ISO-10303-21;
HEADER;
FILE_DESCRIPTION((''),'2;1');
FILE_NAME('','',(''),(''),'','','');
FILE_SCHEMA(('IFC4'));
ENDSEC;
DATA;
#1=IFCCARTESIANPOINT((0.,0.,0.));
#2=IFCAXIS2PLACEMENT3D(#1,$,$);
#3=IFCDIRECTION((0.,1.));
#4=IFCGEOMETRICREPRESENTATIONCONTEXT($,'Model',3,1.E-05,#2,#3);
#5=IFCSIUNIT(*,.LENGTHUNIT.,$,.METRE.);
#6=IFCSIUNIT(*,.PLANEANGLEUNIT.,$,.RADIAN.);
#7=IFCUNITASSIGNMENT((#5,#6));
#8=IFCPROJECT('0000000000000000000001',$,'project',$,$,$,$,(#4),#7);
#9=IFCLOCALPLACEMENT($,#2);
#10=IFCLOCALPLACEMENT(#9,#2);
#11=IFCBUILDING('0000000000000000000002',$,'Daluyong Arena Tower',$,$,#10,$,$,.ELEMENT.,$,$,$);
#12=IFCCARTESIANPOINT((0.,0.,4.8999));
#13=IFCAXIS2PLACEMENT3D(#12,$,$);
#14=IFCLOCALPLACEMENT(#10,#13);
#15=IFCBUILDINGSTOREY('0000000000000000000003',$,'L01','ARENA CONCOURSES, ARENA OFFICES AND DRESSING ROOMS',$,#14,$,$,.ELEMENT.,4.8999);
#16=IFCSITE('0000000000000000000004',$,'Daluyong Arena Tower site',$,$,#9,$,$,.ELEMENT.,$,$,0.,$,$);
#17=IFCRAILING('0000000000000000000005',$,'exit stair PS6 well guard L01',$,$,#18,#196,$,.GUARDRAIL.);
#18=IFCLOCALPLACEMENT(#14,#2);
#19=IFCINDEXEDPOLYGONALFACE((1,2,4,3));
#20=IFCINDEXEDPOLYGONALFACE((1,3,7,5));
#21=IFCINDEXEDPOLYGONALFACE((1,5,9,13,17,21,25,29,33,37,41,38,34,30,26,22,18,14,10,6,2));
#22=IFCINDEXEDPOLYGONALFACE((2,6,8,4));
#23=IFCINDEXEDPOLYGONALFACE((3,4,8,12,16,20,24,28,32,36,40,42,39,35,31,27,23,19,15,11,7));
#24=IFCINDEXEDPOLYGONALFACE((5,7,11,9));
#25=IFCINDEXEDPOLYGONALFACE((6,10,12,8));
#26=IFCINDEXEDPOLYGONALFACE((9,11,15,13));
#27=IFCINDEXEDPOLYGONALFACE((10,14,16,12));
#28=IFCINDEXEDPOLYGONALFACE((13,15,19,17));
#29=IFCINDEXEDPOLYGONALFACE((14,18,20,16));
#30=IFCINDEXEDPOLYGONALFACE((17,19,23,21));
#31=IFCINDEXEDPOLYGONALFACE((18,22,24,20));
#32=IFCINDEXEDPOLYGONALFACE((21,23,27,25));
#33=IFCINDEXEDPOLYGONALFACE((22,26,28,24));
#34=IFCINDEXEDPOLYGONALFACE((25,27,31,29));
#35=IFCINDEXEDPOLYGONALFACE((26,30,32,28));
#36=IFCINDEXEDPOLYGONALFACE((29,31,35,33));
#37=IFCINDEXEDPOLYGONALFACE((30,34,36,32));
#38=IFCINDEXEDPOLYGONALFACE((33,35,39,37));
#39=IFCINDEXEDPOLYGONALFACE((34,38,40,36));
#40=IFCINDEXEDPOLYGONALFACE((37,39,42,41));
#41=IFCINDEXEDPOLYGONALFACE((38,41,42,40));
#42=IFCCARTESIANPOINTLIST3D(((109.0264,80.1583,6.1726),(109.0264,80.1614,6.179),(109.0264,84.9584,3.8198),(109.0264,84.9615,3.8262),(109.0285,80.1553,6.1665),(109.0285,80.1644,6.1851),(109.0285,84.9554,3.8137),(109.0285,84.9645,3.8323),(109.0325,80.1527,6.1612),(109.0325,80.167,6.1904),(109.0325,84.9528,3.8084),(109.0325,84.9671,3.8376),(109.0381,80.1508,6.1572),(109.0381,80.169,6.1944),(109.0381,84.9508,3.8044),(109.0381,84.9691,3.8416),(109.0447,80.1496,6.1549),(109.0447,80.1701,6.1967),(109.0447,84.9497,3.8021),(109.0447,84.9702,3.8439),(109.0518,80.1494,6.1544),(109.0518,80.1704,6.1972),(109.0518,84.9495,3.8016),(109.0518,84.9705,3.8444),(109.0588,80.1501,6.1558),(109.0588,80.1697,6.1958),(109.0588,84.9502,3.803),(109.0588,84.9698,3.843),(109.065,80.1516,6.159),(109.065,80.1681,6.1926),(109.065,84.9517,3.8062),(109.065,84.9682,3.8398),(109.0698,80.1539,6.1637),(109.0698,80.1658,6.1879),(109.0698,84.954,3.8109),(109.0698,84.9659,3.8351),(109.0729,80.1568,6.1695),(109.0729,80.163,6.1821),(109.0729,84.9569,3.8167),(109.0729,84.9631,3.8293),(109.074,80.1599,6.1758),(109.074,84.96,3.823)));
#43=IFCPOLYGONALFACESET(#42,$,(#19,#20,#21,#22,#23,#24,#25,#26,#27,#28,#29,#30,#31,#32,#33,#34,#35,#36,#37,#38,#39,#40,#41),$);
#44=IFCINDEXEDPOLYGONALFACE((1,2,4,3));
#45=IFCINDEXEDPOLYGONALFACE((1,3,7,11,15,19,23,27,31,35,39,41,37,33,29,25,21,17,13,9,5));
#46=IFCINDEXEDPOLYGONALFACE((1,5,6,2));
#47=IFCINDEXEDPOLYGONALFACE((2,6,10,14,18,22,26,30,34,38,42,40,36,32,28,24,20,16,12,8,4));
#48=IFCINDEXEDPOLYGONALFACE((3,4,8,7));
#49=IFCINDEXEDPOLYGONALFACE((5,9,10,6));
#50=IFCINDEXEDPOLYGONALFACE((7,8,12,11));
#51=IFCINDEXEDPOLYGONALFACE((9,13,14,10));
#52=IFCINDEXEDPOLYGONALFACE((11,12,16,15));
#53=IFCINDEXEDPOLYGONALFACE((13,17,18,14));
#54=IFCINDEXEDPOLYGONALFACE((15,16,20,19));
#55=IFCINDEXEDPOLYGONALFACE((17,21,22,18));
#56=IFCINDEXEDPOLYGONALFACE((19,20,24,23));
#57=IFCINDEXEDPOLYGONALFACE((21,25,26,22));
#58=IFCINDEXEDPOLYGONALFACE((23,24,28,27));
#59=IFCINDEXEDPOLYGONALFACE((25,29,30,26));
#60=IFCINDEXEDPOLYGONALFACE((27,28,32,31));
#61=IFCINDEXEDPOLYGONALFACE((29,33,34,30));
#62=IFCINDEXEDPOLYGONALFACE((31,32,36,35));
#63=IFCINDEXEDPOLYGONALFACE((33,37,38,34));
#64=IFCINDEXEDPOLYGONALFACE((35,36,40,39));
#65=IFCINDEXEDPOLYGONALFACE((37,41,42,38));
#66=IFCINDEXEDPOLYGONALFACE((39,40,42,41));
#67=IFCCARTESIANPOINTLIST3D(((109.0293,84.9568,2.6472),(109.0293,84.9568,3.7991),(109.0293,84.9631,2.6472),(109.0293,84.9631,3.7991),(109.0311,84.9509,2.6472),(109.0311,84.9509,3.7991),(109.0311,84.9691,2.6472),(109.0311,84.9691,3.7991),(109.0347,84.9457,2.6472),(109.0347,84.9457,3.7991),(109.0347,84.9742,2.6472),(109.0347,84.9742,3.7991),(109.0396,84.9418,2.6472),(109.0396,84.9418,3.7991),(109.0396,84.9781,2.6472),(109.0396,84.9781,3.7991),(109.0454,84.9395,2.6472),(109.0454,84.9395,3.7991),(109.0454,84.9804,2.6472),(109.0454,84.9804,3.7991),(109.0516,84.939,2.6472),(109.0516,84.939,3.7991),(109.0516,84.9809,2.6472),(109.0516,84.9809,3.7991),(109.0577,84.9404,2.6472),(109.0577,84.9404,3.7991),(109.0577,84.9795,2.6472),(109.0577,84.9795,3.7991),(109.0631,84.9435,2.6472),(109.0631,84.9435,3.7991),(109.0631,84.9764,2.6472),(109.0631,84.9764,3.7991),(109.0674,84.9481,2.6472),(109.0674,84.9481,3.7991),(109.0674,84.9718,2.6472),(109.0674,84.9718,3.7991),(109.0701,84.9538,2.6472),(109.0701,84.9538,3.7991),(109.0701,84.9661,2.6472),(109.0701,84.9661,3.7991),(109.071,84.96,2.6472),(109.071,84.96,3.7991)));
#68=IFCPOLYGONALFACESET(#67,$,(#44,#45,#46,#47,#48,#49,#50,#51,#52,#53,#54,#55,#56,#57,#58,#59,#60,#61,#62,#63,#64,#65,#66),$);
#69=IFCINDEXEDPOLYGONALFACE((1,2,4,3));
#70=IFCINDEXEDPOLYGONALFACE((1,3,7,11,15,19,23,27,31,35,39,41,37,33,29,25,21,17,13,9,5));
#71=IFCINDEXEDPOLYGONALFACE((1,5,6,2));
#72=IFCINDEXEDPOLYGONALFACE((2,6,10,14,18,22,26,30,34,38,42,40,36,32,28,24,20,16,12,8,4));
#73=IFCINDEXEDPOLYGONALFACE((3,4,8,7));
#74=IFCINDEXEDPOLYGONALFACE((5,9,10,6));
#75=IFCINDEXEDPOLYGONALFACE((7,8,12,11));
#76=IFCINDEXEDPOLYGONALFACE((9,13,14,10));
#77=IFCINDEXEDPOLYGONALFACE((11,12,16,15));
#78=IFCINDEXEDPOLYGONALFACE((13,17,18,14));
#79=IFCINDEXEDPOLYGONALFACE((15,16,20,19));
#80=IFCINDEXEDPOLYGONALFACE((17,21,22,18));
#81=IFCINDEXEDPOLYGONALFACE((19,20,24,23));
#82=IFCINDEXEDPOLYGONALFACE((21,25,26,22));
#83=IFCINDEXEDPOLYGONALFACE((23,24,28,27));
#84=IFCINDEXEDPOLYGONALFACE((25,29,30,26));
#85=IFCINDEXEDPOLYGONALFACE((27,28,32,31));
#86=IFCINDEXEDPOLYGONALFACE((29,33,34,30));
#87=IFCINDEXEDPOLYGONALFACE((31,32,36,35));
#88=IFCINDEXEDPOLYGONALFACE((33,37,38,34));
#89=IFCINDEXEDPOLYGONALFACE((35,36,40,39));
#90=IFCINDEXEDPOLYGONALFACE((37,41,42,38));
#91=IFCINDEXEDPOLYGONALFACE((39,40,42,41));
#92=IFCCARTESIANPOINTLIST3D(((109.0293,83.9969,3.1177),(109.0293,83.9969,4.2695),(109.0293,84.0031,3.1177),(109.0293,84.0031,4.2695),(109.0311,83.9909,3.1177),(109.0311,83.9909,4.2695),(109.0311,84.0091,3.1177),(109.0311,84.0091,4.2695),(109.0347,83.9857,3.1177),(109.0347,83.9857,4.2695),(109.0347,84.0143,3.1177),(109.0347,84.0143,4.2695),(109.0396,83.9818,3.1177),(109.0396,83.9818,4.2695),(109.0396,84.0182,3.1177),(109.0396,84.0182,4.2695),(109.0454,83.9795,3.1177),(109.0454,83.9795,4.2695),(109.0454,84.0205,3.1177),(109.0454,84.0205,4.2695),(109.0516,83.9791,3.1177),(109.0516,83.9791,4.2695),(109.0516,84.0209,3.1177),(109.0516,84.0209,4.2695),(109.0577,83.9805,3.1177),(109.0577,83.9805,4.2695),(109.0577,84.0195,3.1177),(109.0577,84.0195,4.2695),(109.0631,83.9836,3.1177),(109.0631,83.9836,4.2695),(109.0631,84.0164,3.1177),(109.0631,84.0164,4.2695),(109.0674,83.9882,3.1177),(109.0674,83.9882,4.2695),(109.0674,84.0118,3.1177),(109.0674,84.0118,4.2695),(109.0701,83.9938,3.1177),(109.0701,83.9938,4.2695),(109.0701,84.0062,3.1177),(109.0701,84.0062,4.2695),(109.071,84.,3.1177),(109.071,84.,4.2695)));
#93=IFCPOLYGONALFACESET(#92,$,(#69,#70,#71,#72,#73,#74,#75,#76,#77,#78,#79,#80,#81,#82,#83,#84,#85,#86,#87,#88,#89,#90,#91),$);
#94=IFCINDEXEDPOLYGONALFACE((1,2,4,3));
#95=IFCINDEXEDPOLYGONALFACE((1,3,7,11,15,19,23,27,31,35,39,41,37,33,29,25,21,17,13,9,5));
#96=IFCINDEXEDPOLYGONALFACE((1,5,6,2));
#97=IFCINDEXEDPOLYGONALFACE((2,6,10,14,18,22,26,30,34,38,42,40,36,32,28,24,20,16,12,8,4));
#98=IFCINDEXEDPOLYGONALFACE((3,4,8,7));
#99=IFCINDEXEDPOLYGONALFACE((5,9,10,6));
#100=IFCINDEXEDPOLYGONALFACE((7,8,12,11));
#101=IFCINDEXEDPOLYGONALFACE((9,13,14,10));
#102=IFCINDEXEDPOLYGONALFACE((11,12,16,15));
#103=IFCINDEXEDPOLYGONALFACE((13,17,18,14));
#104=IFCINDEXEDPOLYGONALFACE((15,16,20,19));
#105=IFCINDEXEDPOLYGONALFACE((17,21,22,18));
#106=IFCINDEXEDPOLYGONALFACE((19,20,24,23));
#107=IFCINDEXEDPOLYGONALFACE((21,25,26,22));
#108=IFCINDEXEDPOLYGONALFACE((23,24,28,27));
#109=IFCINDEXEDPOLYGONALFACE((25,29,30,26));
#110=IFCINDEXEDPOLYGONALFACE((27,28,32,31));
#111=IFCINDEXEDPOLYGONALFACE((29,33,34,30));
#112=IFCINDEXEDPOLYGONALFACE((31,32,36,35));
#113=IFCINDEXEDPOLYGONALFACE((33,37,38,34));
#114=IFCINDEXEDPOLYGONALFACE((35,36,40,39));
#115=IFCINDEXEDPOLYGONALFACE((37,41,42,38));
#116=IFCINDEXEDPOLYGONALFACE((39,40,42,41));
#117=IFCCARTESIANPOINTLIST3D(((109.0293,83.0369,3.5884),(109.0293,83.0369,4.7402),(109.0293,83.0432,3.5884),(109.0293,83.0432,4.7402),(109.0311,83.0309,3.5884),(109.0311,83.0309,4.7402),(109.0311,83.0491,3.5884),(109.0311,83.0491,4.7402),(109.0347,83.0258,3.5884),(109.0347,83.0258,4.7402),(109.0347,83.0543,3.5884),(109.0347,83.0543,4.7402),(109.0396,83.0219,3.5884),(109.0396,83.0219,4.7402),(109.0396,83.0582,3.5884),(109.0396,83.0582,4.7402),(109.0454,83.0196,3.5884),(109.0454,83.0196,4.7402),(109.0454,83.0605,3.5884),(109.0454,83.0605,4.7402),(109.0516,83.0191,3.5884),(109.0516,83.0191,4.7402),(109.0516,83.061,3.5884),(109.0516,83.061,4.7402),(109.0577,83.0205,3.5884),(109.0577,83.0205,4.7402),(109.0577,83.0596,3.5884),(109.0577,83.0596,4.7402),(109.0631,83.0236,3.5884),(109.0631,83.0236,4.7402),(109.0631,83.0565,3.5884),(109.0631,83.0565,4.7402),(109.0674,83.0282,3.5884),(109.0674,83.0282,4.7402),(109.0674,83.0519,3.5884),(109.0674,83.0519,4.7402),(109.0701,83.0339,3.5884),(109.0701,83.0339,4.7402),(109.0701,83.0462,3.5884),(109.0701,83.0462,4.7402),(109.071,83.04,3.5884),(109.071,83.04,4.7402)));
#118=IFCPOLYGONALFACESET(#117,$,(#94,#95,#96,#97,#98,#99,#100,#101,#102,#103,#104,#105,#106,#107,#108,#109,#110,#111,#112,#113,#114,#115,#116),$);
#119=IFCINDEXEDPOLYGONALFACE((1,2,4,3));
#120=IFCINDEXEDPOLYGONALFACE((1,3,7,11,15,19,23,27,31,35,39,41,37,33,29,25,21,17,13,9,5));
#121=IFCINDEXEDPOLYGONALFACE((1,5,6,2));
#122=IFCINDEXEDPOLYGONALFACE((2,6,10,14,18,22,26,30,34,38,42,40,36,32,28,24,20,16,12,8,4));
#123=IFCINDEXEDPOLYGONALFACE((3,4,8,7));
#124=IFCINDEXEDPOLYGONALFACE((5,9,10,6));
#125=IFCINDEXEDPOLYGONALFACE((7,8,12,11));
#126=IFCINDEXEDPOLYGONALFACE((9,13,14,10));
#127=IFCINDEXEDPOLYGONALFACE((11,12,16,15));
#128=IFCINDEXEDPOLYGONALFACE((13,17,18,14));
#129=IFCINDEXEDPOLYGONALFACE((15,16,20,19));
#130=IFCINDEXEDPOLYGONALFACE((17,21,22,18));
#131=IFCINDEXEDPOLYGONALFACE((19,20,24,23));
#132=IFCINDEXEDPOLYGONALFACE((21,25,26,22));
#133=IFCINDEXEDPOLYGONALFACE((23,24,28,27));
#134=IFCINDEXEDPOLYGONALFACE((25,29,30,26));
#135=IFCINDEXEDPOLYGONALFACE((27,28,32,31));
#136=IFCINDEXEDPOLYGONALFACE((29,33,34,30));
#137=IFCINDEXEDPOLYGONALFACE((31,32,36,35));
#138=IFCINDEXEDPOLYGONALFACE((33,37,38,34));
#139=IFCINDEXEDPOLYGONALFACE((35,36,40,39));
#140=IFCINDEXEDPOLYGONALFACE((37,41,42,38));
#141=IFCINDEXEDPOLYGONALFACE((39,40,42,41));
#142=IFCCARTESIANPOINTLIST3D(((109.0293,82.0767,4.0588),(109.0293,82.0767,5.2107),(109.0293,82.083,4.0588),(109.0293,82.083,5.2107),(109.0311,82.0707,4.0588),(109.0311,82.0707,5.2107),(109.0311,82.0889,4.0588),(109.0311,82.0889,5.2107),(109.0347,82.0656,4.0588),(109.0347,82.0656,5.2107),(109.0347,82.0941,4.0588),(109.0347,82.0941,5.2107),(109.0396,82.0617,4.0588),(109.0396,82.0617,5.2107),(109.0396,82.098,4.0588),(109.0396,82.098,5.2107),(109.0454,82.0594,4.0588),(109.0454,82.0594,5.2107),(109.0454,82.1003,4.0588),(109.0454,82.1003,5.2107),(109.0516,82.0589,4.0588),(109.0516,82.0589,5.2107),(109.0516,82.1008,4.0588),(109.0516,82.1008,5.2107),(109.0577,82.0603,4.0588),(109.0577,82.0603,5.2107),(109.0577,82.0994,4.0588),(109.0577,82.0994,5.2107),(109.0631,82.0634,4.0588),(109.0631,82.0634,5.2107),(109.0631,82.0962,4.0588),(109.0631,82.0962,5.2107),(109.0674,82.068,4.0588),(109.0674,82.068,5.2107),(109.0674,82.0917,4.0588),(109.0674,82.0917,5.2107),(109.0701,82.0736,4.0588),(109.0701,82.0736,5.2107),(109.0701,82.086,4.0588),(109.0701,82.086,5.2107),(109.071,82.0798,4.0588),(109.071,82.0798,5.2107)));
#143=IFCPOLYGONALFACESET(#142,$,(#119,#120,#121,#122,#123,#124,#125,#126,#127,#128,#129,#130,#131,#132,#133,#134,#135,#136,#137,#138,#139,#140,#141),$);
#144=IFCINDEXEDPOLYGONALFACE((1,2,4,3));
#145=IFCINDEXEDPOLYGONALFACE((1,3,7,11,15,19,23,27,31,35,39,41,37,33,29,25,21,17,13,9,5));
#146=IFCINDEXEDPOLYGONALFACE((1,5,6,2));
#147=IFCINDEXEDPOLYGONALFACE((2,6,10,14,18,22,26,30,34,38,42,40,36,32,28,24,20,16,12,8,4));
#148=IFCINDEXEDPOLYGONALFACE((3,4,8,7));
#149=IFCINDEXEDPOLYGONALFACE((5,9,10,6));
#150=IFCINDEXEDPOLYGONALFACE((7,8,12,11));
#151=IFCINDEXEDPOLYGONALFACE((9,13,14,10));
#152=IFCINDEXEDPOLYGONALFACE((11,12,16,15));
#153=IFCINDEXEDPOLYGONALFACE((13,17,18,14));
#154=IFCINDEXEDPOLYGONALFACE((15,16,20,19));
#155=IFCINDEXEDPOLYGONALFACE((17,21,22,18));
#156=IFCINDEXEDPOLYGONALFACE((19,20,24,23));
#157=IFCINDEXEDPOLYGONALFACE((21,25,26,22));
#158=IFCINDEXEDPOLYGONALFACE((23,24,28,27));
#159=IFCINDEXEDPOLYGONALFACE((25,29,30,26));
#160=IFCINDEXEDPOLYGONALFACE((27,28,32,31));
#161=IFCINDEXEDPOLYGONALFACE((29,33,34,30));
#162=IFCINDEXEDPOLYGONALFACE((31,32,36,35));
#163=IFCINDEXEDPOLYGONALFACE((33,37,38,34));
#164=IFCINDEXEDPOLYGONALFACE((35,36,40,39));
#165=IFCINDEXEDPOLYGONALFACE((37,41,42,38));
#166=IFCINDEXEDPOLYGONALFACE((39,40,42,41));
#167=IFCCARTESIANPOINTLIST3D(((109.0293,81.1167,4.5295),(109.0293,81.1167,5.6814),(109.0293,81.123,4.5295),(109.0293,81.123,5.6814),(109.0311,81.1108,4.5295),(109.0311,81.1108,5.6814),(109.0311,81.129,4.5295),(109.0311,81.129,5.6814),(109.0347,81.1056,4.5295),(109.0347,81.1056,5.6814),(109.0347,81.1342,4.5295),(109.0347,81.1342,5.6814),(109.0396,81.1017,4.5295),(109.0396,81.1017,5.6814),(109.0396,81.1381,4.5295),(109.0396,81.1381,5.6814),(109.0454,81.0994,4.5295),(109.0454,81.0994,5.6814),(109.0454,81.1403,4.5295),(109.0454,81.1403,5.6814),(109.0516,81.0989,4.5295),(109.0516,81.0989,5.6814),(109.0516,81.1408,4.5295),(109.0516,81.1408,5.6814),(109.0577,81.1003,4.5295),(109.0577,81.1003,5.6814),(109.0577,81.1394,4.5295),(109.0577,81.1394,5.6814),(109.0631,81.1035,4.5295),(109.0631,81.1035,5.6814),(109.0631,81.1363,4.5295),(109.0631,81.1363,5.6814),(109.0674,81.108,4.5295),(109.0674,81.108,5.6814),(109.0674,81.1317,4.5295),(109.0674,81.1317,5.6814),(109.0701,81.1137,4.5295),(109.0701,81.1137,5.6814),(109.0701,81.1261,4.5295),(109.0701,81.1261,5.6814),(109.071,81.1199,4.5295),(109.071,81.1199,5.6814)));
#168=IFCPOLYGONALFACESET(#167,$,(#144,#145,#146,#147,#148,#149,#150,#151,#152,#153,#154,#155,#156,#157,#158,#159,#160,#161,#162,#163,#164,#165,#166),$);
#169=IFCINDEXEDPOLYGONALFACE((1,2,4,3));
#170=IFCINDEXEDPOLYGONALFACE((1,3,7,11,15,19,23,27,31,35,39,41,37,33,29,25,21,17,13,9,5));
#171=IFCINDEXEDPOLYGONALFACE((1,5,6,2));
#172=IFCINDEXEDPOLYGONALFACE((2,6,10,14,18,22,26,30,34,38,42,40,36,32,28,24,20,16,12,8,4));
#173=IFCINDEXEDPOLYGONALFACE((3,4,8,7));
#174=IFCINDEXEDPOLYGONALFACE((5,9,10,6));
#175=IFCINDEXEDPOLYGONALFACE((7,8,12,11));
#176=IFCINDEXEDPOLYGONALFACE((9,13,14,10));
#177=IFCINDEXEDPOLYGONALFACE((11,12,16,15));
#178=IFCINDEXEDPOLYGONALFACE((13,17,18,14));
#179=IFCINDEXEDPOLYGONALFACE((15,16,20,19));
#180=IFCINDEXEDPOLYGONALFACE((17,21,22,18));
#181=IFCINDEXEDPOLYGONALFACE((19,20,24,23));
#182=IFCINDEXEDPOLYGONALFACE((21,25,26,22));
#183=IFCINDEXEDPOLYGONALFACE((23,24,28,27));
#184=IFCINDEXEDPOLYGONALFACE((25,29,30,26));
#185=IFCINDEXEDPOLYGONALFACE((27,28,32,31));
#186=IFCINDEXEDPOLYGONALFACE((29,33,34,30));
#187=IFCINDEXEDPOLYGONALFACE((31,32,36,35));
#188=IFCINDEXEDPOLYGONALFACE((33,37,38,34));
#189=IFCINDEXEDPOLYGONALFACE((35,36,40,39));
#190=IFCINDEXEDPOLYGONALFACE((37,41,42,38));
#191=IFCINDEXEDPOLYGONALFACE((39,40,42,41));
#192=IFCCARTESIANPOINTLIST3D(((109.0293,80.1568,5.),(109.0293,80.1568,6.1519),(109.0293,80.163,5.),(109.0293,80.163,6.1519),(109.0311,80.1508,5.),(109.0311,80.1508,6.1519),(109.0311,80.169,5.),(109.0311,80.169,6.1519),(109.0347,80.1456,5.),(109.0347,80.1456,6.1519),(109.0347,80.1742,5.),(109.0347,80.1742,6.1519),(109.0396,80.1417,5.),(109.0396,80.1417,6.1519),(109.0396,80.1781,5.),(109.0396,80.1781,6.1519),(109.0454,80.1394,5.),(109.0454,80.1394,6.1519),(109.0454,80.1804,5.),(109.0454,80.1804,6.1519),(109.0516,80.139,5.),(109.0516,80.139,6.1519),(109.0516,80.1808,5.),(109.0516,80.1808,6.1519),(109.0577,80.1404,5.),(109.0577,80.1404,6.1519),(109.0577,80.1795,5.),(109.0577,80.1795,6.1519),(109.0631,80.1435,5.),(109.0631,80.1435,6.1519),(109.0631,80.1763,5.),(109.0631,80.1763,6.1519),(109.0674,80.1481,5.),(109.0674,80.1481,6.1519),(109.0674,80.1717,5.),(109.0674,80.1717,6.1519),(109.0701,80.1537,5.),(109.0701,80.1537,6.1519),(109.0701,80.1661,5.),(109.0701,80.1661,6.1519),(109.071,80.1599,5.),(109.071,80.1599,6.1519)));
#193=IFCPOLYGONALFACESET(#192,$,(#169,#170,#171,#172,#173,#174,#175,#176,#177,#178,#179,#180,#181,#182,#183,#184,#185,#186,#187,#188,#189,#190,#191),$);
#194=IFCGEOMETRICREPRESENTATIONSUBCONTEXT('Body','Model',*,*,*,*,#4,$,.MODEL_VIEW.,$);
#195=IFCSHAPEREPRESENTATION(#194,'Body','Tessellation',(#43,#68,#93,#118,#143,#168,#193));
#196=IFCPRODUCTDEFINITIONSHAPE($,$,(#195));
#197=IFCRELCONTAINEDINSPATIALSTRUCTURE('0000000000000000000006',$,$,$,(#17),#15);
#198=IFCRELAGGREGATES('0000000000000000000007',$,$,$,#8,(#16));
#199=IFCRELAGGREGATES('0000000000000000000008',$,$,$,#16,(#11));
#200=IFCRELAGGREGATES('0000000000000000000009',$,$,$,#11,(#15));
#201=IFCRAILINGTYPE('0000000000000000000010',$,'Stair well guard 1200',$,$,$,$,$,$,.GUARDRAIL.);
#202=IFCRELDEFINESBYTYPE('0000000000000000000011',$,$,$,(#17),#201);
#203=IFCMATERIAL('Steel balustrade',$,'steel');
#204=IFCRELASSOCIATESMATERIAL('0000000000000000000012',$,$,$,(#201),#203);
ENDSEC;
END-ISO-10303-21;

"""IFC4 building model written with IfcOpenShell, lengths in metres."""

from ifc_helpers import new_model, si_unit, direction, frame, origin, origin_2d, place, context, subcontext, project, spatial, circle, extrude, material, type_object, element, save


model = new_model("IFC4")

# Units and contexts
model_context = context("Model", 3, precision=1e-05, world=origin(), true_north=direction((0.0, 1.0)))
body_context = subcontext(model_context, "Body", "Model", "MODEL_VIEW")
ifc_project = project(units=[si_unit("LENGTHUNIT", "METRE"), si_unit("PLANEANGLEUNIT", "RADIAN")], contexts=[model_context])

# Site, building, storey
site_placement = place(None, origin())
site = spatial("IfcSite", under=ifc_project, at=site_placement, Name="Daluyong Arena Tower site", CompositionType="ELEMENT", RefElevation=0.0)
building_placement = place(site_placement, origin())
building = spatial("IfcBuilding", under=site, at=building_placement, Name="Daluyong Arena Tower", CompositionType="ELEMENT")
storey_placement = place(building_placement, frame((0.0, 0.0, 4.8999)))
storey = spatial("IfcBuildingStorey", under=building, at=storey_placement, Name="L01", Description="ARENA CONCOURSES, ARENA OFFICES AND DRESSING ROOMS", CompositionType="ELEMENT", Elevation=4.8999)

# Railing
ifc_material_1 = material(Name="Steel balustrade", Category="steel")
railing_type_1 = type_object("IfcRailingType", Name="Stair well guard 1200", PredefinedType="GUARDRAIL", material=ifc_material_1)
railing_1_placement = place(storey_placement, frame((109.05, 84.96, 2.6472)))
element("IfcRailing", 1, at=railing_1_placement, inside=storey, type_object=railing_type_1, Name="exit stair PS6 well guard L01", PredefinedType="GUARDRAIL", context=body_context, shape_type="SweptSolid", body=[
    extrude(circle(Radius=0.0239, at=origin_2d()), frame((0.0, 0.0, 1.1758), z_axis=(0.0, -0.897934, 0.44013), x_axis=(1.0, 0.0, 0.0)), (0.0, 0.0, 1.0), 5.3457),
    extrude(circle(Radius=0.021, at=origin_2d()), origin(), (0.0, 0.0, 1.0), 1.1519),
    extrude(circle(Radius=0.021, at=origin_2d()), frame((0.0, -0.96, 0.4705)), (0.0, 0.0, 1.0), 1.1519),
    extrude(circle(Radius=0.021, at=origin_2d()), frame((0.0, -1.9199, 0.9412)), (0.0, 0.0, 1.0), 1.1519),
    extrude(circle(Radius=0.021, at=origin_2d()), frame((0.0, -2.8801, 1.4116)), (0.0, 0.0, 1.0), 1.1519),
    extrude(circle(Radius=0.021, at=origin_2d()), frame((0.0, -3.8401, 1.8823)), (0.0, 0.0, 1.0), 1.1519),
    extrude(circle(Radius=0.021, at=origin_2d()), frame((0.0, -4.8, 2.3528)), (0.0, 0.0, 1.0), 1.1519),
])

save(model, "model.ifc")
